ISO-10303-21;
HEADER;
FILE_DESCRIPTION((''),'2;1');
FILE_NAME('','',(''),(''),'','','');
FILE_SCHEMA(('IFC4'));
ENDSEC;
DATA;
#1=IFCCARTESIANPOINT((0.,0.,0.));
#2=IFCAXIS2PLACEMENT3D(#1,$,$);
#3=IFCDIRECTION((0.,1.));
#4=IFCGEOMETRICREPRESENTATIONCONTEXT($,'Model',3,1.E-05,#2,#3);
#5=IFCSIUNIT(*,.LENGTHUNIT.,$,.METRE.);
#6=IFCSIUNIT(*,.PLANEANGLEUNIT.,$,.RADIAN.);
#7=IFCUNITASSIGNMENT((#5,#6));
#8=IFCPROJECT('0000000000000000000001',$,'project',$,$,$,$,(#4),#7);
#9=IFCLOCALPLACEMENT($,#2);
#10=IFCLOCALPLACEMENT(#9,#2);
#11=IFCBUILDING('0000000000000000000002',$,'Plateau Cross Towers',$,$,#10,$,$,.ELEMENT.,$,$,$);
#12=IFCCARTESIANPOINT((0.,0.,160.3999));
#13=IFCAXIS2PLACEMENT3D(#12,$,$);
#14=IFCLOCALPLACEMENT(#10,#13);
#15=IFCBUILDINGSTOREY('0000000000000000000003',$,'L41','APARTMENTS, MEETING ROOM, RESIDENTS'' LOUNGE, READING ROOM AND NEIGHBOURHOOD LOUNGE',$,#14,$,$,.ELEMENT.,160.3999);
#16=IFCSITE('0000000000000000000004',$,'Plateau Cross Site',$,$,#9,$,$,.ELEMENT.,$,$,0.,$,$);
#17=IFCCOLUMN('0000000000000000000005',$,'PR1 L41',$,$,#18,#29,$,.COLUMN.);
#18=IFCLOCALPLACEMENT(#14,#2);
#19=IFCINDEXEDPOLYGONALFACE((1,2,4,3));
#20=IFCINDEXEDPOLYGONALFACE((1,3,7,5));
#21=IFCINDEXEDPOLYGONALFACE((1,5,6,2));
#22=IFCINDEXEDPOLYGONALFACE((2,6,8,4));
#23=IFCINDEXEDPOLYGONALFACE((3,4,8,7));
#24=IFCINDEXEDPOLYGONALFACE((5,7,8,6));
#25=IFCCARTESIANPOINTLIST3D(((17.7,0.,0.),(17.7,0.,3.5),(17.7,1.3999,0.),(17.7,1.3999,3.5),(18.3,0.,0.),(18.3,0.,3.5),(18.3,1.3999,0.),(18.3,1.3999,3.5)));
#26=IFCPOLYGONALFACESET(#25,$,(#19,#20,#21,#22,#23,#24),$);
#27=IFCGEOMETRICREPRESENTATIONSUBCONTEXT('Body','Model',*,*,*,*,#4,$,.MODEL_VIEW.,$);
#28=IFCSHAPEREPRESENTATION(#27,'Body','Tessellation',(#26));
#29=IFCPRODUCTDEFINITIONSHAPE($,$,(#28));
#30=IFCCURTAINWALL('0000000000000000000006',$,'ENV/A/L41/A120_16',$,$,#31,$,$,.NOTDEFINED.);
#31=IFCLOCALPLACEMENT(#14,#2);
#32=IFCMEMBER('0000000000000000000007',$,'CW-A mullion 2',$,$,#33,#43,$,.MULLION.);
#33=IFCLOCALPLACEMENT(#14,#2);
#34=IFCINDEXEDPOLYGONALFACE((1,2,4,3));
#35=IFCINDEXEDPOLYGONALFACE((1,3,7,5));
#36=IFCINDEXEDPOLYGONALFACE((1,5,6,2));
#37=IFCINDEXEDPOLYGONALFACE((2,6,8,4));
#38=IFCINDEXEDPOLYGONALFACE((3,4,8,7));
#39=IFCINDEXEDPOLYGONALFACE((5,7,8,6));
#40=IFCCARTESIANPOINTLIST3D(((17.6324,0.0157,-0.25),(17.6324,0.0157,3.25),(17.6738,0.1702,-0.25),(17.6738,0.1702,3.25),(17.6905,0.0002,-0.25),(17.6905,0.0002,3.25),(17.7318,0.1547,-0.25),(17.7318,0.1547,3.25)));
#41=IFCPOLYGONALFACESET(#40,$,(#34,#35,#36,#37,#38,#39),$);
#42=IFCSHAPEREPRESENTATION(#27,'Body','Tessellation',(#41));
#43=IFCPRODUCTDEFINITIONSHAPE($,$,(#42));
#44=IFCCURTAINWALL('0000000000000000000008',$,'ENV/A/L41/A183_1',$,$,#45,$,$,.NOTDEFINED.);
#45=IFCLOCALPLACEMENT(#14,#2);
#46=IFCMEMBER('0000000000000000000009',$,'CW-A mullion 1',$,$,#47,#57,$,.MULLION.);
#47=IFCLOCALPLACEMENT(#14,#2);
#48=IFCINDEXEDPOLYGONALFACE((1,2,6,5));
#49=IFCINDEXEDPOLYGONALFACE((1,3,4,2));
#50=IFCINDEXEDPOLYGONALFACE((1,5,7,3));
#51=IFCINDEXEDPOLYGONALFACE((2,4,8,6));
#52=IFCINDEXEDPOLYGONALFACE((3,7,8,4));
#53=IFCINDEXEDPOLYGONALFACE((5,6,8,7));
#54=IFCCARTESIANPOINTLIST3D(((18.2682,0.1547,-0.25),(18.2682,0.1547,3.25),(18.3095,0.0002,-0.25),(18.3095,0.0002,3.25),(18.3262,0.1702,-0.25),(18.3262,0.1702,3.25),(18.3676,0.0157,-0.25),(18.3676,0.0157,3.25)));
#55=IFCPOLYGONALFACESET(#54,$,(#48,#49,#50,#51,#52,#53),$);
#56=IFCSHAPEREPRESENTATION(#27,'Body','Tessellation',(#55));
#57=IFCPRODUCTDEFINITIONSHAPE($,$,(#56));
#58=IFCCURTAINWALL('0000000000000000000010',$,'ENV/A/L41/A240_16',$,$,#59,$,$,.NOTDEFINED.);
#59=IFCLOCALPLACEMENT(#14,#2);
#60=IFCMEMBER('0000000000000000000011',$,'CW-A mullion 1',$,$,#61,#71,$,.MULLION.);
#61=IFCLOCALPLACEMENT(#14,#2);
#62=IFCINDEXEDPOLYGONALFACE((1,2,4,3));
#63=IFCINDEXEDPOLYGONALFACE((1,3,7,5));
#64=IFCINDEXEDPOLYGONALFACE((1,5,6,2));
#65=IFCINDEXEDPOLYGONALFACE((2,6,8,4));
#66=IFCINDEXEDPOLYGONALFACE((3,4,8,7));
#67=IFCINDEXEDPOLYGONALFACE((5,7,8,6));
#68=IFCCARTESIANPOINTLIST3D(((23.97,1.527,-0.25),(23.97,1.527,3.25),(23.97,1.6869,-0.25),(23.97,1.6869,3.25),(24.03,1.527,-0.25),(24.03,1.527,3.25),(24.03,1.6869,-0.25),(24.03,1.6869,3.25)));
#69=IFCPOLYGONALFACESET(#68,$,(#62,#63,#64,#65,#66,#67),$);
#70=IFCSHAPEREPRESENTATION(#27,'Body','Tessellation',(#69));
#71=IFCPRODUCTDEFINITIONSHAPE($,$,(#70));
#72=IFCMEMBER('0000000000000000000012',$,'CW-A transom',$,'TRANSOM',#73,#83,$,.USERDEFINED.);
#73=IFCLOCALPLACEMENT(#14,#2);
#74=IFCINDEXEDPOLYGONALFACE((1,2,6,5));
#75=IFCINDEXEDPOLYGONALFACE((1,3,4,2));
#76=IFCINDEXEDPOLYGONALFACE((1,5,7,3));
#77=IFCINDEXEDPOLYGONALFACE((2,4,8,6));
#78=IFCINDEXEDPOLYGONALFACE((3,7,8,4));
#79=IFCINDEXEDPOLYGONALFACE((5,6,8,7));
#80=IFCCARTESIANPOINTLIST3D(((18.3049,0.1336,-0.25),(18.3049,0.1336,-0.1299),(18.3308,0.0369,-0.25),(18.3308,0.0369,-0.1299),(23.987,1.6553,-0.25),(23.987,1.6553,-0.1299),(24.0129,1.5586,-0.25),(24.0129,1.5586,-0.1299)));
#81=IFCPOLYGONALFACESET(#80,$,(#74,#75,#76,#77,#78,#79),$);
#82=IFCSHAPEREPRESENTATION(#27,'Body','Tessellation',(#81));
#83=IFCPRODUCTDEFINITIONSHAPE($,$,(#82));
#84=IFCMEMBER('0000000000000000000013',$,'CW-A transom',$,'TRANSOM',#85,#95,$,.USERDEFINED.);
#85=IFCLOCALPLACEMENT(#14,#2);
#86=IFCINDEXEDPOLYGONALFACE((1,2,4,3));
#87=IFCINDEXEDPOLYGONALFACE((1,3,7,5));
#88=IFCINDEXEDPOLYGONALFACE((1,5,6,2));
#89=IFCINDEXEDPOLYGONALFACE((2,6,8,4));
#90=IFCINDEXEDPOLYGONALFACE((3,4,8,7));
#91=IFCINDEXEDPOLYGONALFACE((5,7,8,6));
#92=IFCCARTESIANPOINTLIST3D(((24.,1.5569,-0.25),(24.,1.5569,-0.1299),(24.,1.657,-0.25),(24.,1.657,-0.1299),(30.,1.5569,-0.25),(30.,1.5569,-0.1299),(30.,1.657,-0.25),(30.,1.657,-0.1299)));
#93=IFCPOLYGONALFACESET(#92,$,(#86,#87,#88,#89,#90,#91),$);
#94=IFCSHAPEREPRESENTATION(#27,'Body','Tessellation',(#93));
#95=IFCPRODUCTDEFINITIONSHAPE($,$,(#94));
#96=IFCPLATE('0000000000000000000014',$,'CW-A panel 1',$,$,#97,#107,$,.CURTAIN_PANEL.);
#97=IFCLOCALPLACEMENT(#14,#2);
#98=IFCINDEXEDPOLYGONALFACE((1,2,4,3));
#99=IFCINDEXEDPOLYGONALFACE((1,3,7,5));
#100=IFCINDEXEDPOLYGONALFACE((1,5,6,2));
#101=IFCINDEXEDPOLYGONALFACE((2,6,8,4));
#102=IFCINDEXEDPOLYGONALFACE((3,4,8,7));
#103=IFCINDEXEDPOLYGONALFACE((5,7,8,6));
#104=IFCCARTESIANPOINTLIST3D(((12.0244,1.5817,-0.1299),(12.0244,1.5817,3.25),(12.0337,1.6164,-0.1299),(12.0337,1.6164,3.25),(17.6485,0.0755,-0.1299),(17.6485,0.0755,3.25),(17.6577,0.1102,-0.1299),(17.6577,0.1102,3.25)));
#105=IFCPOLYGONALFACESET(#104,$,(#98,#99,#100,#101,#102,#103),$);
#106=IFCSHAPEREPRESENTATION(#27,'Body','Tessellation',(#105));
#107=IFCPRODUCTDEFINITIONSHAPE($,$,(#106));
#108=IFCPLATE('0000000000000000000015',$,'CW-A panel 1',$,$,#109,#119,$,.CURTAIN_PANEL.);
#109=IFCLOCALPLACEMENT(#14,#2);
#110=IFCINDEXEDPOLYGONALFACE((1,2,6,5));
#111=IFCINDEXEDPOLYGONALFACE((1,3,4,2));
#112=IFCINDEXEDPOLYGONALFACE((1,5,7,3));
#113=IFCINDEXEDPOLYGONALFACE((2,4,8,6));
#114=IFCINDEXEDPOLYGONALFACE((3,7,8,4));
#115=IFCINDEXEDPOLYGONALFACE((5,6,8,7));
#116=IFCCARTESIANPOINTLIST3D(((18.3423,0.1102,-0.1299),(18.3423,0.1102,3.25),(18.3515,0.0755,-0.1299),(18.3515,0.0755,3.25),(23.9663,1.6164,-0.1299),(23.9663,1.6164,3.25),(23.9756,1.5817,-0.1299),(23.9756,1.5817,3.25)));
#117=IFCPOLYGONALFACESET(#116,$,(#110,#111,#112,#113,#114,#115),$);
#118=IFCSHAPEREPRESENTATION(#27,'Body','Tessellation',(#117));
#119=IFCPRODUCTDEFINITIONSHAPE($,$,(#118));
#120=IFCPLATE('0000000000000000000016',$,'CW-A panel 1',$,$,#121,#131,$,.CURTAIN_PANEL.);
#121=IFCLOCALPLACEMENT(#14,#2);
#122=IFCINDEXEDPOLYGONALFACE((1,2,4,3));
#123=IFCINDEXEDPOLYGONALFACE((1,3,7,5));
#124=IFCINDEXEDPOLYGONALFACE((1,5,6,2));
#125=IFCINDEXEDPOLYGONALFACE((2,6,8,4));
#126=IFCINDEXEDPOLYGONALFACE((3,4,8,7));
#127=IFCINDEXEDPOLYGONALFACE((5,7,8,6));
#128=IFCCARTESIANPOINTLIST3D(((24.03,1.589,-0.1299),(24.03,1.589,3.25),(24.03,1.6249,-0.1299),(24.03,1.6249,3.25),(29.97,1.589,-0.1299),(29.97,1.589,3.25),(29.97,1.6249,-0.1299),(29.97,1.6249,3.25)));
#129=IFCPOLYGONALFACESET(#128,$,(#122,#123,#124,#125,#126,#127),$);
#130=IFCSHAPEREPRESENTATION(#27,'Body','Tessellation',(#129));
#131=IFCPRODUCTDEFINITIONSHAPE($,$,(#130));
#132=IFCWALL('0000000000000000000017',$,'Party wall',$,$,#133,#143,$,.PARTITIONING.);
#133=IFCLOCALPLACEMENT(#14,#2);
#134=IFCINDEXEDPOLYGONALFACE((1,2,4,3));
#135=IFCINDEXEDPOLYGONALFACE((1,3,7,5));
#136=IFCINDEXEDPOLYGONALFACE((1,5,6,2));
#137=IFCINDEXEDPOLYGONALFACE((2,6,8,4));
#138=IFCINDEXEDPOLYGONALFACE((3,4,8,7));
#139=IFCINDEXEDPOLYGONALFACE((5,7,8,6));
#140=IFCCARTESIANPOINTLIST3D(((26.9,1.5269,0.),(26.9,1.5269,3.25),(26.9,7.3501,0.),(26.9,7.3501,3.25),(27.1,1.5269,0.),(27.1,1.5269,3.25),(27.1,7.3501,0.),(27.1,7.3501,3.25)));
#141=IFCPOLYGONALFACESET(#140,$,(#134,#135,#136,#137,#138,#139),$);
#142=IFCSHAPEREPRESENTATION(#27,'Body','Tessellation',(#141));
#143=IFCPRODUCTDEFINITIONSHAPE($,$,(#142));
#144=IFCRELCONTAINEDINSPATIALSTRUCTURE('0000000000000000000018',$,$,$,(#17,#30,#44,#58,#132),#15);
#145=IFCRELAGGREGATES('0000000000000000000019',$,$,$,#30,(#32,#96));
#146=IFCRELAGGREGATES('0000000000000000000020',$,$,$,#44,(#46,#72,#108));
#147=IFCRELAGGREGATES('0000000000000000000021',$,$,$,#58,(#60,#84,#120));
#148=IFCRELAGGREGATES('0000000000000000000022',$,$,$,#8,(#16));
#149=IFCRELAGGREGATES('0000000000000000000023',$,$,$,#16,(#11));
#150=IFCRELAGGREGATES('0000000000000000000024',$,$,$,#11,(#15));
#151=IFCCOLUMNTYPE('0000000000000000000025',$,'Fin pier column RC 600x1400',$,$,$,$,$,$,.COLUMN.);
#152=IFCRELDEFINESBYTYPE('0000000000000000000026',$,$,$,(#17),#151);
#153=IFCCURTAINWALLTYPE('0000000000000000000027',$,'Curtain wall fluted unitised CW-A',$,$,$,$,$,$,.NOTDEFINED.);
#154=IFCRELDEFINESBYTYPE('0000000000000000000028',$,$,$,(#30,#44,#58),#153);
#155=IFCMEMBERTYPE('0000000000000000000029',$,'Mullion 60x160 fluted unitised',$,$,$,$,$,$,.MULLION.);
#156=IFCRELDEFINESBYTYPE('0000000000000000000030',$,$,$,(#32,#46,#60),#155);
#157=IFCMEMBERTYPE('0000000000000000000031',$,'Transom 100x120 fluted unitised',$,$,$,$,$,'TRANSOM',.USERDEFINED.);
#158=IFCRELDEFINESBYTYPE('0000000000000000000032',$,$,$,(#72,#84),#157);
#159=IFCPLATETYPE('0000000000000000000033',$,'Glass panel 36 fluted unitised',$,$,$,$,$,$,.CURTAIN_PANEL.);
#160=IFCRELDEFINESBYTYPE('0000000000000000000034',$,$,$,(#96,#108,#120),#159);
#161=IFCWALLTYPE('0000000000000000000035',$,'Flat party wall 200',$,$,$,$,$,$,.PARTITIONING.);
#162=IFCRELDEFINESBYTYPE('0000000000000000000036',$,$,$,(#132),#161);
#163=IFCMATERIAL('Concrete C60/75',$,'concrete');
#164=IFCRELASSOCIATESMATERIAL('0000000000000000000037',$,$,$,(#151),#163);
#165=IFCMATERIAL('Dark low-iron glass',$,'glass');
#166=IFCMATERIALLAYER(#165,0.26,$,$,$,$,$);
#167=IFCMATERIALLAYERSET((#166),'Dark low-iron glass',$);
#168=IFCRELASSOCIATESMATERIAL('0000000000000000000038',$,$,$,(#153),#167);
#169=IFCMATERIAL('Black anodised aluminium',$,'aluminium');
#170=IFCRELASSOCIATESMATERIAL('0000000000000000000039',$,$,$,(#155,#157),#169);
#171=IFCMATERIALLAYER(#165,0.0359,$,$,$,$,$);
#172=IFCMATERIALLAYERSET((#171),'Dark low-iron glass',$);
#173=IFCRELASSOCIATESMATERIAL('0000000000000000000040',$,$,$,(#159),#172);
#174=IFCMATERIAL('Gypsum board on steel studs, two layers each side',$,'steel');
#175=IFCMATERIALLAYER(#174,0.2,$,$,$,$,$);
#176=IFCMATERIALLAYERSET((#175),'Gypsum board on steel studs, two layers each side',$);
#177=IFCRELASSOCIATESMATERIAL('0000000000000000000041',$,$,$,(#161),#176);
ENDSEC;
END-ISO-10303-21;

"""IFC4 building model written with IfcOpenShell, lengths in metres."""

from ifc_helpers import new_model, si_unit, direction, frame, frame_2d, origin, origin_2d, place, context, subcontext, project, spatial, rectangle, extrude, material, layer, layer_set, material_profile, profile_set, type_object, element, aggregate, save


model = new_model("IFC4")

# Units and contexts
model_context = context("Model", 3, precision=1e-05, world=origin(), true_north=direction((0.0, 1.0)))
body_context = subcontext(model_context, "Body", "Model", "MODEL_VIEW")
ifc_project = project(units=[si_unit("LENGTHUNIT", "METRE"), si_unit("PLANEANGLEUNIT", "RADIAN")], contexts=[model_context])

# Site, building, storey
site_placement = place(None, origin())
site = spatial("IfcSite", under=ifc_project, at=site_placement, Name="Plateau Cross Site", CompositionType="ELEMENT", RefElevation=0.0)
building_placement = place(site_placement, origin())
building = spatial("IfcBuilding", under=site, at=building_placement, Name="Plateau Cross Towers", CompositionType="ELEMENT")
storey_placement = place(building_placement, frame((0.0, 0.0, 160.3999)))
storey = spatial("IfcBuildingStorey", under=building, at=storey_placement, Name="L41", Description="APARTMENTS, MEETING ROOM, RESIDENTS' LOUNGE, READING ROOM AND NEIGHBOURHOOD LOUNGE", CompositionType="ELEMENT", Elevation=160.3999)

# Column
ifc_material_1 = material(Name="Concrete C60/75", Category="concrete")
ifc_material_profile_1 = material_profile(ifc_material_1, rectangle(XDim=0.6001, YDim=1.3999, at=origin_2d()), Name="RC 600x1400")
ifc_profile_set_1 = profile_set([ifc_material_profile_1], Name="Concrete C60/75")
column_type = type_object("IfcColumnType", Name="Fin pier column RC 600x1400", PredefinedType="COLUMN", material=ifc_profile_set_1)
column_placement = place(storey_placement, frame((18.0, 0.7, 0.0), z_axis=(0.0, 0.0, 1.0), x_axis=(1.0, 0.0, 0.0)))
element("IfcColumn", 1, at=column_placement, inside=storey, type_object=column_type, Name="PR1 L41", PredefinedType="COLUMN", context=body_context, shape_type="SweptSolid", body=[
    extrude(rectangle(XDim=0.6001, YDim=1.3999, at=origin_2d()), origin(), (0.0, 0.0, 1.0), 3.5),
])

# Curtain walls, members
ifc_material_2 = material(Name="Dark low-iron glass", Category="glass")
ifc_layer_1 = layer(ifc_material_2, 0.26)
ifc_layer_set_1 = layer_set([ifc_layer_1], Name="Dark low-iron glass")
curtain_wall_type = type_object("IfcCurtainWallType", Name="Curtain wall fluted unitised CW-A", PredefinedType="NOTDEFINED", material=ifc_layer_set_1)
curtain_wall_1_placement = place(storey_placement, origin())
curtain_wall_1 = element("IfcCurtainWall", 2, at=curtain_wall_1_placement, inside=storey, type_object=curtain_wall_type, Name="ENV/A/L41/A120_16", PredefinedType="NOTDEFINED")
ifc_material_3 = material(Name="Black anodised aluminium", Category="aluminium")
ifc_material_profile_2 = material_profile(ifc_material_3, rectangle(XDim=0.0601, YDim=0.1599, at=origin_2d()), Name="MULLION 60x160")
ifc_profile_set_2 = profile_set([ifc_material_profile_2], Name="Black anodised aluminium")
member_type_1 = type_object("IfcMemberType", Name="Mullion 60x160 fluted unitised", PredefinedType="MULLION", material=ifc_profile_set_2)
member_1_placement = place(storey_placement, frame((17.6821, 0.0852, -0.25), z_axis=(0.0, 0.0, 1.0), x_axis=(0.965958, -0.258699, 0.0)))
member_1 = element("IfcMember", 3, at=member_1_placement, type_object=member_type_1, Name="CW-A mullion 2", PredefinedType="MULLION", context=body_context, shape_type="SweptSolid", body=[
    extrude(rectangle(XDim=0.0601, YDim=0.1599, at=origin_2d()), origin(), (0.0, 0.0, 1.0), 3.5),
])
curtain_wall_2_placement = place(storey_placement, origin())
curtain_wall_2 = element("IfcCurtainWall", 4, at=curtain_wall_2_placement, inside=storey, type_object=curtain_wall_type, Name="ENV/A/L41/A183_1", PredefinedType="NOTDEFINED")
member_2_placement = place(storey_placement, frame((18.3179, 0.0852, -0.25), z_axis=(0.0, 0.0, 1.0), x_axis=(0.965958, 0.258699, 0.0)))
member_2 = element("IfcMember", 5, at=member_2_placement, type_object=member_type_1, Name="CW-A mullion 1", PredefinedType="MULLION", context=body_context, shape_type="SweptSolid", body=[
    extrude(rectangle(XDim=0.0601, YDim=0.1599, at=origin_2d()), origin(), (0.0, 0.0, 1.0), 3.5),
])
curtain_wall_3_placement = place(storey_placement, origin())
curtain_wall_3 = element("IfcCurtainWall", 6, at=curtain_wall_3_placement, inside=storey, type_object=curtain_wall_type, Name="ENV/A/L41/A240_16", PredefinedType="NOTDEFINED")
member_3_placement = place(storey_placement, frame((24.0, 1.6069, -0.25), z_axis=(0.0, 0.0, 1.0), x_axis=(1.0, 0.0, 0.0)))
member_3 = element("IfcMember", 7, at=member_3_placement, type_object=member_type_1, Name="CW-A mullion 1", PredefinedType="MULLION", context=body_context, shape_type="SweptSolid", body=[
    extrude(rectangle(XDim=0.0601, YDim=0.1599, at=origin_2d()), origin(), (0.0, 0.0, 1.0), 3.5),
])

# Members
ifc_material_profile_3 = material_profile(ifc_material_3, rectangle(XDim=0.1001, YDim=0.1201, at=origin_2d()), Name="TRANSOM 100x120")
ifc_profile_set_3 = profile_set([ifc_material_profile_3], Name="Black anodised aluminium")
member_type_2 = type_object("IfcMemberType", Name="Transom 100x120 fluted unitised", ElementType="TRANSOM", PredefinedType="USERDEFINED", material=ifc_profile_set_3)
member_4_placement = place(storey_placement, frame((18.3179, 0.0852, -0.1899), z_axis=(0.96596, 0.258693, 0.0), x_axis=(-0.258693, 0.96596, 0.0)))
member_4 = element("IfcMember", 8, at=member_4_placement, type_object=member_type_2, Name="CW-A transom", ObjectType="TRANSOM", PredefinedType="USERDEFINED", context=body_context, shape_type="SweptSolid", body=[
    extrude(rectangle(XDim=0.1001, YDim=0.1201, at=origin_2d()), origin(), (0.0, 0.0, 1.0), 5.8823),
])
member_5_placement = place(storey_placement, frame((24.0, 1.6069, -0.1899), z_axis=(1.0, 0.0, 0.0), x_axis=(0.0, 1.0, 0.0)))
member_5 = element("IfcMember", 9, at=member_5_placement, type_object=member_type_2, Name="CW-A transom", ObjectType="TRANSOM", PredefinedType="USERDEFINED", context=body_context, shape_type="SweptSolid", body=[
    extrude(rectangle(XDim=0.1001, YDim=0.1201, at=origin_2d()), origin(), (0.0, 0.0, 1.0), 6.0),
])

# Plates
ifc_layer_2 = layer(ifc_material_2, 0.0359)
ifc_layer_set_2 = layer_set([ifc_layer_2], Name="Dark low-iron glass")
plate_type = type_object("IfcPlateType", Name="Glass panel 36 fluted unitised", PredefinedType="CURTAIN_PANEL", material=ifc_layer_set_2)
plate_1_placement = place(storey_placement, frame((14.8411, 0.8459, -0.1299), z_axis=(0.0, 0.0, 1.0), x_axis=(0.965958, -0.258699, 0.0)))
plate_1 = element("IfcPlate", 10, at=plate_1_placement, type_object=plate_type, Name="CW-A panel 1", PredefinedType="CURTAIN_PANEL", context=body_context, shape_type="SweptSolid", body=[
    extrude(rectangle(XDim=5.8223, YDim=0.0359, at=origin_2d()), origin(), (0.0, 0.0, 1.0), 3.3799),
])
aggregate(curtain_wall_1, [member_1, plate_1])
plate_2_placement = place(storey_placement, frame((21.1589, 0.8459, -0.1299), z_axis=(0.0, 0.0, 1.0), x_axis=(0.965958, 0.258699, 0.0)))
plate_2 = element("IfcPlate", 11, at=plate_2_placement, type_object=plate_type, Name="CW-A panel 1", PredefinedType="CURTAIN_PANEL", context=body_context, shape_type="SweptSolid", body=[
    extrude(rectangle(XDim=5.8223, YDim=0.0359, at=origin_2d()), origin(), (0.0, 0.0, 1.0), 3.3799),
])
aggregate(curtain_wall_2, [member_2, member_4, plate_2])
plate_3_placement = place(storey_placement, frame((27.0, 1.6069, -0.1299), z_axis=(0.0, 0.0, 1.0), x_axis=(1.0, 0.0, 0.0)))
plate_3 = element("IfcPlate", 12, at=plate_3_placement, type_object=plate_type, Name="CW-A panel 1", PredefinedType="CURTAIN_PANEL", context=body_context, shape_type="SweptSolid", body=[
    extrude(rectangle(XDim=5.9399, YDim=0.0359, at=origin_2d()), origin(), (0.0, 0.0, 1.0), 3.3799),
])
aggregate(curtain_wall_3, [member_3, member_5, plate_3])

# Wall
ifc_material_4 = material(Name="Gypsum board on steel studs, two layers each side", Category="steel")
ifc_layer_3 = layer(ifc_material_4, 0.2)
ifc_layer_set_3 = layer_set([ifc_layer_3], Name="Gypsum board on steel studs, two layers each side")
wall_type = type_object("IfcWallType", Name="Flat party wall 200", PredefinedType="PARTITIONING", material=ifc_layer_set_3)
wall_placement = place(storey_placement, frame((27.0, 1.5269, 0.0), z_axis=(0.0, 0.0, 1.0), x_axis=(0.0, 1.0, 0.0)))
element("IfcWall", 13, at=wall_placement, inside=storey, type_object=wall_type, Name="Party wall", PredefinedType="PARTITIONING", context=body_context, shape_type="SweptSolid", body=[
    extrude(rectangle(XDim=5.8232, YDim=0.2, at=frame_2d((2.9116, 0.0))), origin(), (0.0, 0.0, 1.0), 3.25),
])

save(model, "model.ifc")
